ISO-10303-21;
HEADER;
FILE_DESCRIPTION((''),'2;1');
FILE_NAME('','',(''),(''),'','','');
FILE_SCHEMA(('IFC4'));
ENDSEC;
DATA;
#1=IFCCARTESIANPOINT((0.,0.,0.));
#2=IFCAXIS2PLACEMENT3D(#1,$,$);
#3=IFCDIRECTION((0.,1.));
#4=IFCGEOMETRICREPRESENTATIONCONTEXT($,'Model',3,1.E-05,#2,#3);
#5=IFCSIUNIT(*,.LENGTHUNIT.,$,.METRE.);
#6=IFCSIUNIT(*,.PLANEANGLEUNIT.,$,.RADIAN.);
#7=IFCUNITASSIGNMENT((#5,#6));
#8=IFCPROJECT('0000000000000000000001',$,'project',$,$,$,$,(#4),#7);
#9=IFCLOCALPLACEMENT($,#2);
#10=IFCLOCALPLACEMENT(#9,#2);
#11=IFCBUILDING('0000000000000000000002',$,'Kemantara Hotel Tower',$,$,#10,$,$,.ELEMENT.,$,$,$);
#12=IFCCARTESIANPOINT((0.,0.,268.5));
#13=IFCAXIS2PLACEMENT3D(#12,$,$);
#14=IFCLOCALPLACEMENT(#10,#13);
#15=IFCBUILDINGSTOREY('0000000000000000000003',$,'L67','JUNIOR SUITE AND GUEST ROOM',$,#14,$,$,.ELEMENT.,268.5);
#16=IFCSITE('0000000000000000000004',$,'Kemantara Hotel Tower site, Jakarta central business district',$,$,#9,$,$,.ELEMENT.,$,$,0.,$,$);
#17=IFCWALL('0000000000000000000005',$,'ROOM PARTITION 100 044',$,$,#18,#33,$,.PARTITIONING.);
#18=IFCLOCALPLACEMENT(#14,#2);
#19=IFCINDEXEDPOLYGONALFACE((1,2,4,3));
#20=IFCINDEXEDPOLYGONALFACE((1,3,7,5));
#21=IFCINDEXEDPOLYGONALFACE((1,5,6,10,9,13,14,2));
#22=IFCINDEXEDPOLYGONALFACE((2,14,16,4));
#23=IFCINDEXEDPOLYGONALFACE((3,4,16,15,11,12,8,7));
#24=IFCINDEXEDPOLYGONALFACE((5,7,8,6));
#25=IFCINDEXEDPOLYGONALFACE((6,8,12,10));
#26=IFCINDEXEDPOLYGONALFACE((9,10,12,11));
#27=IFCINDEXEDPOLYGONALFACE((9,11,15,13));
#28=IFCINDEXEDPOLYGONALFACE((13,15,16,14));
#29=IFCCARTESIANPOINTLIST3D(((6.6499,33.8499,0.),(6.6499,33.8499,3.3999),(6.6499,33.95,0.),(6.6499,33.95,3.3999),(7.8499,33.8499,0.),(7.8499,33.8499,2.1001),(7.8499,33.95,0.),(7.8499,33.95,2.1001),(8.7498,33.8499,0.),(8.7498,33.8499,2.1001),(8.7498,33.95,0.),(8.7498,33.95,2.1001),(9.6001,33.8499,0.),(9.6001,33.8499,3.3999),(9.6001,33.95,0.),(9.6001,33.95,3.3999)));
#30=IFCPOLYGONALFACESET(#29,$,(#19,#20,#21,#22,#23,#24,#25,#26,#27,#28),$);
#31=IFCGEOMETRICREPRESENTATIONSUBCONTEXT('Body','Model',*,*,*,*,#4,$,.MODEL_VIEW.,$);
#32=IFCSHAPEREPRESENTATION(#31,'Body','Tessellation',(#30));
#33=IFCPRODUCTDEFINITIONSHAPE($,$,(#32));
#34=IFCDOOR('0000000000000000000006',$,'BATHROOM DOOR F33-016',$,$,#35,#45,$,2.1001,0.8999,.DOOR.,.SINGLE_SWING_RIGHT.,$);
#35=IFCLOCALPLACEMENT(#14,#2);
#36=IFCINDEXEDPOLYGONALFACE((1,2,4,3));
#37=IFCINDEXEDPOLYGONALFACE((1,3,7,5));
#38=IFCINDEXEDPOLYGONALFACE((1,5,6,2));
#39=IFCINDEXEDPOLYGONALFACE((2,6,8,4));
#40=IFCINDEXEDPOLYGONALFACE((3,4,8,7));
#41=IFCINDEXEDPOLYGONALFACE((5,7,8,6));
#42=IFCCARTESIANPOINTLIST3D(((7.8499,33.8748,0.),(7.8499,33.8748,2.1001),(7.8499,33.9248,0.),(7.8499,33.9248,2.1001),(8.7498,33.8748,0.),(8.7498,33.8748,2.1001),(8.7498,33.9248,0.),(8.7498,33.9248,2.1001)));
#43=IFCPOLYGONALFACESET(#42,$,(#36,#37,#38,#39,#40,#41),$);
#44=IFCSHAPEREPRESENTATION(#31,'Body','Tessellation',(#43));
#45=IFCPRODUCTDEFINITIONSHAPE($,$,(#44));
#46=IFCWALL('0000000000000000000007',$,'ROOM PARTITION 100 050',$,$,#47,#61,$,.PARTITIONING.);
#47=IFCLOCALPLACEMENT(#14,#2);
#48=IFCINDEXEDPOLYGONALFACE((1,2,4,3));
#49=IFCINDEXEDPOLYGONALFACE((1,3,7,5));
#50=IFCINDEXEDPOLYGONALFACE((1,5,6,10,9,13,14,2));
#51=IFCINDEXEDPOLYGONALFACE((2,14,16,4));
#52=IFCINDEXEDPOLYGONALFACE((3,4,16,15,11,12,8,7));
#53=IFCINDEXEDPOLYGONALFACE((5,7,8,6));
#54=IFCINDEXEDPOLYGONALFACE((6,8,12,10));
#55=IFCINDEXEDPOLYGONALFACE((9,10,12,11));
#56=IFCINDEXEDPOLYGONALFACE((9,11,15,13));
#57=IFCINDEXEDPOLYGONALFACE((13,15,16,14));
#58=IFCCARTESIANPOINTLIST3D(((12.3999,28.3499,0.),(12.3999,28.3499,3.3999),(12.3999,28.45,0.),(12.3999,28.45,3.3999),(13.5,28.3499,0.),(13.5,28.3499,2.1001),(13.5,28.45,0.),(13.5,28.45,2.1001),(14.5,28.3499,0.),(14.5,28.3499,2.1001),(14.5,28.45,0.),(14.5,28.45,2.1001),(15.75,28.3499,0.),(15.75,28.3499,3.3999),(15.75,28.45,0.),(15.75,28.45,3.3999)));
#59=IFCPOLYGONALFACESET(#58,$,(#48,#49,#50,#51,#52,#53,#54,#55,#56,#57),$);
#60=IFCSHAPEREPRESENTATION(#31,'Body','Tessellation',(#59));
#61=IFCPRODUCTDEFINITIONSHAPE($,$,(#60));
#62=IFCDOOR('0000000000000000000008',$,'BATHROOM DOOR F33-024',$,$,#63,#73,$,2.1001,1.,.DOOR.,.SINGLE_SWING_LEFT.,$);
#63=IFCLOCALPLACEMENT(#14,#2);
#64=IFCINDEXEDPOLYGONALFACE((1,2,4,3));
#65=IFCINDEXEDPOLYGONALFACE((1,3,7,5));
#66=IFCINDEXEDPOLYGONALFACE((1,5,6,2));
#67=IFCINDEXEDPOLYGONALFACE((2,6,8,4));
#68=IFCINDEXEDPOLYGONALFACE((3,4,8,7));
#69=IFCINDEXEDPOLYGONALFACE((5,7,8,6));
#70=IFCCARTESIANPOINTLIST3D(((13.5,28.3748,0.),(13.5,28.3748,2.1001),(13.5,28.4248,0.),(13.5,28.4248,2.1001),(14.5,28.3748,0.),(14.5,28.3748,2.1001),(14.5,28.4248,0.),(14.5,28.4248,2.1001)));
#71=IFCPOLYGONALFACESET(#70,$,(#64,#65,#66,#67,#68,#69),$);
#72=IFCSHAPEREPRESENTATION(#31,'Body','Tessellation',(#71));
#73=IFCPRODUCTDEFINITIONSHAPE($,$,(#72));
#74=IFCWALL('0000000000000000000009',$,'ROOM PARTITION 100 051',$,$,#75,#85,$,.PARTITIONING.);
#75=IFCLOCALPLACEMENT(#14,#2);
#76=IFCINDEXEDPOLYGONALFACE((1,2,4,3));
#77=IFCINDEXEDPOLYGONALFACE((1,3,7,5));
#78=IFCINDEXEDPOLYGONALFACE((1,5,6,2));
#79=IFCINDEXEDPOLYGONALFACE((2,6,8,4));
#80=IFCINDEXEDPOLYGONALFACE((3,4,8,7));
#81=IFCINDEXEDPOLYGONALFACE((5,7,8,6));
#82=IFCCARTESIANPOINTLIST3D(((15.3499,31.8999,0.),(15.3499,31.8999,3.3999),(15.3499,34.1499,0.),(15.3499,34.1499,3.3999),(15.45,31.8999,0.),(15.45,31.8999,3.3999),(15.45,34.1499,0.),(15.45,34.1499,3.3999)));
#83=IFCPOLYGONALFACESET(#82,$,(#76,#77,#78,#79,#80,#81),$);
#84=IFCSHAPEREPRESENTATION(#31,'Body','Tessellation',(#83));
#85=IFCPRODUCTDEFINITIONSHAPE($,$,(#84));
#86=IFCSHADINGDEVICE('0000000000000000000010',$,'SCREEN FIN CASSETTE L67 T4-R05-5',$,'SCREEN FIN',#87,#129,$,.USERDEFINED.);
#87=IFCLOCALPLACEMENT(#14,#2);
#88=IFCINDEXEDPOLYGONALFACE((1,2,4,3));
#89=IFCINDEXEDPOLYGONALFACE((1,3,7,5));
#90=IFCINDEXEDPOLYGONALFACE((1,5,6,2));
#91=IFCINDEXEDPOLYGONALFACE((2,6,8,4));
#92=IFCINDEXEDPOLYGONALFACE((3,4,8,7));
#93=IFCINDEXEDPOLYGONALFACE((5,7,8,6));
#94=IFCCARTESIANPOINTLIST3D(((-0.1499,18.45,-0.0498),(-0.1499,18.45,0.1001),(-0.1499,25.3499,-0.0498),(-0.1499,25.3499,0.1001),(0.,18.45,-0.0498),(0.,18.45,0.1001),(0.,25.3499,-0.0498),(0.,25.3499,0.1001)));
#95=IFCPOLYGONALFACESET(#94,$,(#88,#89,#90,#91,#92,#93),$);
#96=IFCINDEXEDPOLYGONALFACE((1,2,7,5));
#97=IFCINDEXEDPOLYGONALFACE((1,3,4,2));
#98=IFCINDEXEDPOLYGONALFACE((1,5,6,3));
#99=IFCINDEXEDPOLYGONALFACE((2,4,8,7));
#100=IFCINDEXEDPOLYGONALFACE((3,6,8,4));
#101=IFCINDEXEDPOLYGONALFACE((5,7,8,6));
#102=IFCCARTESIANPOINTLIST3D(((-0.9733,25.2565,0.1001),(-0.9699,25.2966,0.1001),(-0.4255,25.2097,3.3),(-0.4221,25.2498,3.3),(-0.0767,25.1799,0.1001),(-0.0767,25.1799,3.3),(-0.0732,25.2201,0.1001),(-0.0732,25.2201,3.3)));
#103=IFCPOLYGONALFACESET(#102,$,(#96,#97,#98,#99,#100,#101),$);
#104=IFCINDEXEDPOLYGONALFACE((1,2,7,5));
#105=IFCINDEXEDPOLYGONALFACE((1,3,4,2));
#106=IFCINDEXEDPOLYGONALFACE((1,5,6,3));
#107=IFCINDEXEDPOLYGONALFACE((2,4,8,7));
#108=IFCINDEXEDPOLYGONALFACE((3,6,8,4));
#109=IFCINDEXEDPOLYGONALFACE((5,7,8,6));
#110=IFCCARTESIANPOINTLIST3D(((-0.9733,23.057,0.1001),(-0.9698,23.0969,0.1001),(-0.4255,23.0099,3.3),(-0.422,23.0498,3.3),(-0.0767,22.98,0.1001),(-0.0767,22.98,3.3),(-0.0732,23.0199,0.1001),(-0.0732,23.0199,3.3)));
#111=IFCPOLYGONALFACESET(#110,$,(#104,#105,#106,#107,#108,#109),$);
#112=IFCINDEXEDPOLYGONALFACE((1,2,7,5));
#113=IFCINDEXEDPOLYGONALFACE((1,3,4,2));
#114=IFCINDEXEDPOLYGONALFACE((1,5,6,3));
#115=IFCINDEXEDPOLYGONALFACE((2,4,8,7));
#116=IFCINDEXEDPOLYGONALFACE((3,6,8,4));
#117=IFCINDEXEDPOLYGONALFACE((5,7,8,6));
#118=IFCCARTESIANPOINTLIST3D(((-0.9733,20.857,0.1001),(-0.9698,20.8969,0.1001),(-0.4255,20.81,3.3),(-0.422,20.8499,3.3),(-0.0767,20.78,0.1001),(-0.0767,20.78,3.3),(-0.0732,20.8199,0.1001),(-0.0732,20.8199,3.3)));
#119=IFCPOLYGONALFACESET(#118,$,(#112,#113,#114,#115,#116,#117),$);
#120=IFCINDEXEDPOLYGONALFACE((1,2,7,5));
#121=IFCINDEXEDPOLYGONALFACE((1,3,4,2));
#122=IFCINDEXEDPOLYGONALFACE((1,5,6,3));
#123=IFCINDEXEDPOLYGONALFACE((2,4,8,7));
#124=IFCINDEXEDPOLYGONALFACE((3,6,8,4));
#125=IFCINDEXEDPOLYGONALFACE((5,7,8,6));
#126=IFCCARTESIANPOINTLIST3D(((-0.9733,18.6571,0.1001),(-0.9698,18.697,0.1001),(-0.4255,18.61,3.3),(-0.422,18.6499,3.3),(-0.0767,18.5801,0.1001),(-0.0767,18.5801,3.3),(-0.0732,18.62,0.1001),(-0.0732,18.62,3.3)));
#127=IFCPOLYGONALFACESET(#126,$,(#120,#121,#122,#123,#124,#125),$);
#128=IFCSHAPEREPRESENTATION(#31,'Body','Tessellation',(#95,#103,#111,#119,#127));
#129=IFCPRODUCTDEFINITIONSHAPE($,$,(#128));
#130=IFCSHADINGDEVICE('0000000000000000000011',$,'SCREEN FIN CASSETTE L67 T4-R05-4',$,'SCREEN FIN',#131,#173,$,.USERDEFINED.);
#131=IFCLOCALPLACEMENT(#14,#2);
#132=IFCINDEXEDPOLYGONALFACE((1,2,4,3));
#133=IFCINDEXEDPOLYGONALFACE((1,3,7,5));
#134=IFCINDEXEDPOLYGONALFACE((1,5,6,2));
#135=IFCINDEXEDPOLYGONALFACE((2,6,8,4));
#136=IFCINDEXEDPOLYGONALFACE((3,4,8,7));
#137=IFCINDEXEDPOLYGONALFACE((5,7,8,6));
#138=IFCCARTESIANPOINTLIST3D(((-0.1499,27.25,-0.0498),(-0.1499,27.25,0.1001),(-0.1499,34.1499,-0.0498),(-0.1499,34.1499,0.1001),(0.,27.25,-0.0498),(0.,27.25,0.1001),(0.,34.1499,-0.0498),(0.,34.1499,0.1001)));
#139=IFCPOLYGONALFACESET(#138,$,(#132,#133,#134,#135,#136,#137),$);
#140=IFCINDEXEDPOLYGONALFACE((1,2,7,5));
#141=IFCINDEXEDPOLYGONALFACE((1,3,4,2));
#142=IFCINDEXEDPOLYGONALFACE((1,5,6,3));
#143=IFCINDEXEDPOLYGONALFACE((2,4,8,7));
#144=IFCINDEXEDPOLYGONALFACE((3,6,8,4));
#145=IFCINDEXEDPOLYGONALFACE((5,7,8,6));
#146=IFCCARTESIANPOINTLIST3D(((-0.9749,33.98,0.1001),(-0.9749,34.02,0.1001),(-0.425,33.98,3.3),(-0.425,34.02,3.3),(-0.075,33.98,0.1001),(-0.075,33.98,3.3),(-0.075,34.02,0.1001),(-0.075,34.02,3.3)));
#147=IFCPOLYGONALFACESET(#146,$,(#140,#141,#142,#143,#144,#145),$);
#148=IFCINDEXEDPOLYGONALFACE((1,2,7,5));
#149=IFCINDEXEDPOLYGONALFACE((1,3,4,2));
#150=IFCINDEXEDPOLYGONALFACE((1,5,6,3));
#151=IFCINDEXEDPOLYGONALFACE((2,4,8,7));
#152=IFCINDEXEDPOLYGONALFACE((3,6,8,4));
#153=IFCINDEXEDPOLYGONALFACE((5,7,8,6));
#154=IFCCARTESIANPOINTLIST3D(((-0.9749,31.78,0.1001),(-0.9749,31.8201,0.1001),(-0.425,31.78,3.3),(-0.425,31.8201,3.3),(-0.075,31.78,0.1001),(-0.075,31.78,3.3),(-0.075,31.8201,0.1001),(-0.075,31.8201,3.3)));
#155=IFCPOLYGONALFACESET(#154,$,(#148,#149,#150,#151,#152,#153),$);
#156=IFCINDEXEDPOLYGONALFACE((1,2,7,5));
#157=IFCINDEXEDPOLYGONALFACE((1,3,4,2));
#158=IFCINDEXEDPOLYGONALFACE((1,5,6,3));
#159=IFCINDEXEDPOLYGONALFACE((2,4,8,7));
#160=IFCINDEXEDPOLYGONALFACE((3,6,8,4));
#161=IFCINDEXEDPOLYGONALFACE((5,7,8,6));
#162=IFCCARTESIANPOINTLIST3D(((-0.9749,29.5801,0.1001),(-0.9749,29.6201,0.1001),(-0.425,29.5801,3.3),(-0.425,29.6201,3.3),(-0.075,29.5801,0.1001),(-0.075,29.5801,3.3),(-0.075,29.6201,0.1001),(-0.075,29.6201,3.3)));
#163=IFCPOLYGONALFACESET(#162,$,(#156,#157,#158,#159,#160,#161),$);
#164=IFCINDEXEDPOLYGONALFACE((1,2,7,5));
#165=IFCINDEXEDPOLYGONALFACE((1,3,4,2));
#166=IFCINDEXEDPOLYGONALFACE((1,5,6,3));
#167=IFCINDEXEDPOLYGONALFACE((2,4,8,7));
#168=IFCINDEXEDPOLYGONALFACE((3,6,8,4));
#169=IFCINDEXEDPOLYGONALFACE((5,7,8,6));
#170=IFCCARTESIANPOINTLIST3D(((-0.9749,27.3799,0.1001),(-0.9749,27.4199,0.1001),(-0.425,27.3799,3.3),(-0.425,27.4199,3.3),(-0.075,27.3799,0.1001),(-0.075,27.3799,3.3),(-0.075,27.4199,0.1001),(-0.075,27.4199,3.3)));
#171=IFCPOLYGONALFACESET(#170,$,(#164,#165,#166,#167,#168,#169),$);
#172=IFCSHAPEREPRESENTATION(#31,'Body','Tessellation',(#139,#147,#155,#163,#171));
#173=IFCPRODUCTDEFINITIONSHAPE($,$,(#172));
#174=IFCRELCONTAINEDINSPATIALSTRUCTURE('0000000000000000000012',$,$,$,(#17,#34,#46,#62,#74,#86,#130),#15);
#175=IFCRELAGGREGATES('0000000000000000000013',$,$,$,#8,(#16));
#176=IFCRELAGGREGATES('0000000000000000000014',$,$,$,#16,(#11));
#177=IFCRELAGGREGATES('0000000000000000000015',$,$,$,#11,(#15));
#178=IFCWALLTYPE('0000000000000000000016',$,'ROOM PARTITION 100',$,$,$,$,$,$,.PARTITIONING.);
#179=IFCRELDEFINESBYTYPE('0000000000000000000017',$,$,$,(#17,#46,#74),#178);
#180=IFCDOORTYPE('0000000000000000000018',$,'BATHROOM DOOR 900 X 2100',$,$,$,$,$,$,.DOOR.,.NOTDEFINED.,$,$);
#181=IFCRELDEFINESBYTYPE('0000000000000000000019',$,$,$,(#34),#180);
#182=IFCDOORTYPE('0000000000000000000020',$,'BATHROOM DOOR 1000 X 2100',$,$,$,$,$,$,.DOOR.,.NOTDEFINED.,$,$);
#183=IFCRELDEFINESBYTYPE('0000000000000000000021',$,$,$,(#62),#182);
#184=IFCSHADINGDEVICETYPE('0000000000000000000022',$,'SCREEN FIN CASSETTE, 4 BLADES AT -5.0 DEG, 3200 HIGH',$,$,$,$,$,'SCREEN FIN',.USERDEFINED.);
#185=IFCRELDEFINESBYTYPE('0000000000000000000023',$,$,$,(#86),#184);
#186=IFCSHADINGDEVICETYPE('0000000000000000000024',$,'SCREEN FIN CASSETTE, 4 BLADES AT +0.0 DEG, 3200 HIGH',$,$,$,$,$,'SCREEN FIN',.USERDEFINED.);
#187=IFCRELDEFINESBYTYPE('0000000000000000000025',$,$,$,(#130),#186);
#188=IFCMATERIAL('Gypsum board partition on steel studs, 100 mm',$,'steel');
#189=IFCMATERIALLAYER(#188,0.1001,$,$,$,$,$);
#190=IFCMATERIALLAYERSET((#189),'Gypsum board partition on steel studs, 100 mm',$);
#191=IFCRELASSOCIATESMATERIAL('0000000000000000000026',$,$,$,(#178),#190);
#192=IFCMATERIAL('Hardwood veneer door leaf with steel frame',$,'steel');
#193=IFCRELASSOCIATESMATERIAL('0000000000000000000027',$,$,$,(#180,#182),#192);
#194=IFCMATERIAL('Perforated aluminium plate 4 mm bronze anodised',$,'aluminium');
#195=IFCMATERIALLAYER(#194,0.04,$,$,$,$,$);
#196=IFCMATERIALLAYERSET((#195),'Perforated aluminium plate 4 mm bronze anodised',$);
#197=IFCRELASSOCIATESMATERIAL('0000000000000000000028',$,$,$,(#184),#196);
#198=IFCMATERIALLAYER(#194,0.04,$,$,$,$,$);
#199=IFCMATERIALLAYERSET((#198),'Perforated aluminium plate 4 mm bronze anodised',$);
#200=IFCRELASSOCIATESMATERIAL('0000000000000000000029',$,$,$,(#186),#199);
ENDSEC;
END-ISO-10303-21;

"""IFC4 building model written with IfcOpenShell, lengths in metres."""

from ifc_helpers import new_model, si_unit, direction, frame, frame_2d, origin, origin_2d, place, context, subcontext, project, spatial, polyline, rectangle, outline, extrude, source, transform, mapped, material, layer, layer_set, type_object, element, fill, save


model = new_model("IFC4")

# Units and contexts
model_context = context("Model", 3, precision=1e-05, world=origin(), true_north=direction((0.0, 1.0)))
body_context = subcontext(model_context, "Body", "Model", "MODEL_VIEW")
ifc_project = project(units=[si_unit("LENGTHUNIT", "METRE"), si_unit("PLANEANGLEUNIT", "RADIAN")], contexts=[model_context])

# Site, building, storey
site_placement = place(None, origin())
site = spatial("IfcSite", under=ifc_project, at=site_placement, Name="Kemantara Hotel Tower site, Jakarta central business district", CompositionType="ELEMENT", RefElevation=0.0)
building_placement = place(site_placement, origin())
building = spatial("IfcBuilding", under=site, at=building_placement, Name="Kemantara Hotel Tower", CompositionType="ELEMENT")
storey_placement = place(building_placement, frame((0.0, 0.0, 268.5)))
storey = spatial("IfcBuildingStorey", under=building, at=storey_placement, Name="L67", Description="JUNIOR SUITE AND GUEST ROOM", CompositionType="ELEMENT", Elevation=268.5)

# Shared definitions
ifc_material_1 = material(Name="Hardwood veneer door leaf with steel frame", Category="steel")

# Shared definitions
ifc_material_2 = material(Name="Gypsum board partition on steel studs, 100 mm", Category="steel")
ifc_layer_1 = layer(ifc_material_2, 0.1001)
ifc_layer_set_1 = layer_set([ifc_layer_1], Name="Gypsum board partition on steel studs, 100 mm")
wall_type_1 = type_object("IfcWallType", Name="ROOM PARTITION 100", PredefinedType="PARTITIONING", material=ifc_layer_set_1)

# Shared definitions
door_type_1 = type_object("IfcDoorType", Name="BATHROOM DOOR 900 X 2100", OperationType="NOTDEFINED", PredefinedType="DOOR", material=ifc_material_1)

# Walls, openings, doors
wall_1_placement = place(storey_placement, frame((6.6499, 33.8999, 0.0), z_axis=(0.0, 0.0, 1.0), x_axis=(1.0, 0.0, 0.0)))
wall_1 = element("IfcWall", 1, at=wall_1_placement, inside=storey, type_object=wall_type_1, Name="ROOM PARTITION 100 044", PredefinedType="PARTITIONING", context=body_context, shape_type="SweptSolid", body=[
    extrude(rectangle(XDim=2.9502, YDim=0.1001, at=frame_2d((1.4751, 0.0))), origin(), (0.0, 0.0, 1.0), 3.3999),
])
opening_1_placement = place(wall_1_placement, frame((1.2, 0.0, 0.0)))
opening_1 = element("IfcOpeningElement", 2, at=opening_1_placement, cuts=wall_1, PredefinedType="OPENING", context=body_context, shape_type="SweptSolid", body=[
    extrude(rectangle(XDim=0.8999, YDim=2.1001, at=frame_2d((0.45, 1.05))), frame((0.0, 0.0601, 0.0), z_axis=(0.0, -1.0, 0.0), x_axis=(1.0, 0.0, 0.0)), (0.0, 0.0, 1.0), 0.1201),
])
door_1_placement = place(opening_1_placement, origin())
door_1 = element("IfcDoor", 3, at=door_1_placement, inside=storey, type_object=door_type_1, Name="BATHROOM DOOR F33-016", OperationType="SINGLE_SWING_RIGHT", OverallHeight=2.1001, OverallWidth=0.8999, PredefinedType="DOOR", context=body_context, shape_type="SweptSolid", body=[
    extrude(rectangle(XDim=0.8999, YDim=2.1001, at=frame_2d((0.45, 1.05))), frame((0.0, 0.0249, 0.0), z_axis=(0.0, -1.0, 0.0), x_axis=(1.0, 0.0, 0.0)), (0.0, 0.0, 1.0), 0.05),
])
fill(opening_1, door_1)
wall_2_placement = place(storey_placement, frame((12.3999, 28.3999, 0.0), z_axis=(0.0, 0.0, 1.0), x_axis=(1.0, 0.0, 0.0)))
wall_2 = element("IfcWall", 4, at=wall_2_placement, inside=storey, type_object=wall_type_1, Name="ROOM PARTITION 100 050", PredefinedType="PARTITIONING", context=body_context, shape_type="SweptSolid", body=[
    extrude(rectangle(XDim=3.3501, YDim=0.1001, at=frame_2d((1.675, 0.0))), origin(), (0.0, 0.0, 1.0), 3.3999),
])
opening_2_placement = place(wall_2_placement, frame((1.1001, 0.0, 0.0)))
opening_2 = element("IfcOpeningElement", 5, at=opening_2_placement, cuts=wall_2, PredefinedType="OPENING", context=body_context, shape_type="SweptSolid", body=[
    extrude(rectangle(XDim=1.0, YDim=2.1001, at=frame_2d((0.5, 1.05))), frame((0.0, 0.0601, 0.0), z_axis=(0.0, -1.0, 0.0), x_axis=(1.0, 0.0, 0.0)), (0.0, 0.0, 1.0), 0.1201),
])
door_type_2 = type_object("IfcDoorType", Name="BATHROOM DOOR 1000 X 2100", OperationType="NOTDEFINED", PredefinedType="DOOR", material=ifc_material_1)
door_2_placement = place(opening_2_placement, origin())
door_2 = element("IfcDoor", 6, at=door_2_placement, inside=storey, type_object=door_type_2, Name="BATHROOM DOOR F33-024", OperationType="SINGLE_SWING_LEFT", OverallHeight=2.1001, OverallWidth=1.0, PredefinedType="DOOR", context=body_context, shape_type="SweptSolid", body=[
    extrude(rectangle(XDim=1.0, YDim=2.1001, at=frame_2d((0.5, 1.05))), frame((0.0, 0.0249, 0.0), z_axis=(0.0, -1.0, 0.0), x_axis=(1.0, 0.0, 0.0)), (0.0, 0.0, 1.0), 0.05),
])
fill(opening_2, door_2)

# Wall
wall_3_placement = place(storey_placement, frame((15.3999, 31.8999, 0.0), z_axis=(0.0, 0.0, 1.0), x_axis=(0.0, 1.0, 0.0)))
element("IfcWall", 7, at=wall_3_placement, inside=storey, type_object=wall_type_1, Name="ROOM PARTITION 100 051", PredefinedType="PARTITIONING", context=body_context, shape_type="SweptSolid", body=[
    extrude(rectangle(XDim=2.25, YDim=0.1001, at=frame_2d((1.125, 0.0))), origin(), (0.0, 0.0, 1.0), 3.3999),
])

# Shading devices
ifc_material_3 = material(Name="Perforated aluminium plate 4 mm bronze anodised", Category="aluminium")
ifc_layer_2 = layer(ifc_material_3, 0.04)
ifc_layer_set_2 = layer_set([ifc_layer_2], Name="Perforated aluminium plate 4 mm bronze anodised")
shading_device_type_1 = type_object("IfcShadingDeviceType", Name="SCREEN FIN CASSETTE, 4 BLADES AT -5.0 DEG, 3200 HIGH", ElementType="SCREEN FIN", PredefinedType="USERDEFINED", material=ifc_layer_set_2)
shared_shape_1 = source(origin(), body_context, "Body", "SweptSolid", [
    extrude(rectangle(XDim=6.8999, YDim=0.1499, at=origin_2d()), frame((3.3, -0.075, -0.1499), z_axis=(0.0, 0.0, 1.0), x_axis=(1.0, 0.0, 0.0)), (0.0, 0.0, 1.0), 0.1499),
    extrude(outline(polyline([(0.0, 0.0), (0.8999, 0.0), (0.3501, 3.2), (0.0, 3.2), (0.0, 0.0)])), frame((0.02, -0.0767, 0.0), z_axis=(-0.996376, 0.085056, 0.0), x_axis=(-0.085056, -0.996376, 0.0)), (0.0, 0.0, 1.0), 0.0403),
    extrude(outline(polyline([(0.0, 0.0), (0.8999, 0.0), (0.3501, 3.2), (0.0, 3.2), (0.0, 0.0)])), frame((2.22, -0.0767, 0.0), z_axis=(-0.996332, 0.085575, 0.0), x_axis=(-0.085575, -0.996332, 0.0)), (0.0, 0.0, 1.0), 0.04),
    extrude(outline(polyline([(0.0, 0.0), (0.8999, 0.0), (0.3501, 3.2), (0.0, 3.2), (0.0, 0.0)])), frame((4.4199, -0.0767, 0.0), z_axis=(-0.996332, 0.085575, 0.0), x_axis=(-0.085575, -0.996332, 0.0)), (0.0, 0.0, 1.0), 0.04),
    extrude(outline(polyline([(0.0, 0.0), (0.8999, 0.0), (0.3501, 3.2), (0.0, 3.2), (0.0, 0.0)])), frame((6.6199, -0.0767, 0.0), z_axis=(-0.996332, 0.085575, 0.0), x_axis=(-0.085575, -0.996332, 0.0)), (0.0, 0.0, 1.0), 0.04),
])
shading_device_1_placement = place(storey_placement, frame((0.0, 25.2, 0.1001), z_axis=(0.0, 0.0, 1.0), x_axis=(0.0, -1.0, 0.0)))
element("IfcShadingDevice", 8, at=shading_device_1_placement, inside=storey, type_object=shading_device_type_1, Name="SCREEN FIN CASSETTE L67 T4-R05-5", ObjectType="SCREEN FIN", PredefinedType="USERDEFINED", context=body_context, shape_type="MappedRepresentation", body=[
    mapped(shared_shape_1, transform((0.0, 0.0, 0.0))),
])
ifc_layer_3 = layer(ifc_material_3, 0.04)
ifc_layer_set_3 = layer_set([ifc_layer_3], Name="Perforated aluminium plate 4 mm bronze anodised")
shading_device_type_2 = type_object("IfcShadingDeviceType", Name="SCREEN FIN CASSETTE, 4 BLADES AT +0.0 DEG, 3200 HIGH", ElementType="SCREEN FIN", PredefinedType="USERDEFINED", material=ifc_layer_set_3)
shared_shape_2 = source(origin(), body_context, "Body", "SweptSolid", [
    extrude(rectangle(XDim=6.8999, YDim=0.1499, at=origin_2d()), frame((3.3, -0.075, -0.1499), z_axis=(0.0, 0.0, 1.0), x_axis=(1.0, 0.0, 0.0)), (0.0, 0.0, 1.0), 0.1499),
    extrude(outline(polyline([(0.0, 0.0), (0.8999, 0.0), (0.3501, 3.2), (0.0, 3.2), (0.0, 0.0)])), frame((0.02, -0.075, 0.0), z_axis=(-1.0, 0.0, 0.0), x_axis=(0.0, -1.0, 0.0)), (0.0, 0.0, 1.0), 0.04),
    extrude(outline(polyline([(0.0, 0.0), (0.8999, 0.0), (0.3501, 3.2), (0.0, 3.2), (0.0, 0.0)])), frame((2.22, -0.075, 0.0), z_axis=(-1.0, 0.0, 0.0), x_axis=(0.0, -1.0, 0.0)), (0.0, 0.0, 1.0), 0.04),
    extrude(outline(polyline([(0.0, 0.0), (0.8999, 0.0), (0.3501, 3.2), (0.0, 3.2), (0.0, 0.0)])), frame((4.4199, -0.075, 0.0), z_axis=(-1.0, 0.0, 0.0), x_axis=(0.0, -1.0, 0.0)), (0.0, 0.0, 1.0), 0.04),
    extrude(outline(polyline([(0.0, 0.0), (0.8999, 0.0), (0.3501, 3.2), (0.0, 3.2), (0.0, 0.0)])), frame((6.6201, -0.075, 0.0), z_axis=(-1.0, 0.0, 0.0), x_axis=(0.0, -1.0, 0.0)), (0.0, 0.0, 1.0), 0.04),
])
shading_device_2_placement = place(storey_placement, frame((0.0, 34.0, 0.1001), z_axis=(0.0, 0.0, 1.0), x_axis=(0.0, -1.0, 0.0)))
element("IfcShadingDevice", 9, at=shading_device_2_placement, inside=storey, type_object=shading_device_type_2, Name="SCREEN FIN CASSETTE L67 T4-R05-4", ObjectType="SCREEN FIN", PredefinedType="USERDEFINED", context=body_context, shape_type="MappedRepresentation", body=[
    mapped(shared_shape_2, transform((0.0, 0.0, 0.0))),
])

save(model, "model.ifc")
